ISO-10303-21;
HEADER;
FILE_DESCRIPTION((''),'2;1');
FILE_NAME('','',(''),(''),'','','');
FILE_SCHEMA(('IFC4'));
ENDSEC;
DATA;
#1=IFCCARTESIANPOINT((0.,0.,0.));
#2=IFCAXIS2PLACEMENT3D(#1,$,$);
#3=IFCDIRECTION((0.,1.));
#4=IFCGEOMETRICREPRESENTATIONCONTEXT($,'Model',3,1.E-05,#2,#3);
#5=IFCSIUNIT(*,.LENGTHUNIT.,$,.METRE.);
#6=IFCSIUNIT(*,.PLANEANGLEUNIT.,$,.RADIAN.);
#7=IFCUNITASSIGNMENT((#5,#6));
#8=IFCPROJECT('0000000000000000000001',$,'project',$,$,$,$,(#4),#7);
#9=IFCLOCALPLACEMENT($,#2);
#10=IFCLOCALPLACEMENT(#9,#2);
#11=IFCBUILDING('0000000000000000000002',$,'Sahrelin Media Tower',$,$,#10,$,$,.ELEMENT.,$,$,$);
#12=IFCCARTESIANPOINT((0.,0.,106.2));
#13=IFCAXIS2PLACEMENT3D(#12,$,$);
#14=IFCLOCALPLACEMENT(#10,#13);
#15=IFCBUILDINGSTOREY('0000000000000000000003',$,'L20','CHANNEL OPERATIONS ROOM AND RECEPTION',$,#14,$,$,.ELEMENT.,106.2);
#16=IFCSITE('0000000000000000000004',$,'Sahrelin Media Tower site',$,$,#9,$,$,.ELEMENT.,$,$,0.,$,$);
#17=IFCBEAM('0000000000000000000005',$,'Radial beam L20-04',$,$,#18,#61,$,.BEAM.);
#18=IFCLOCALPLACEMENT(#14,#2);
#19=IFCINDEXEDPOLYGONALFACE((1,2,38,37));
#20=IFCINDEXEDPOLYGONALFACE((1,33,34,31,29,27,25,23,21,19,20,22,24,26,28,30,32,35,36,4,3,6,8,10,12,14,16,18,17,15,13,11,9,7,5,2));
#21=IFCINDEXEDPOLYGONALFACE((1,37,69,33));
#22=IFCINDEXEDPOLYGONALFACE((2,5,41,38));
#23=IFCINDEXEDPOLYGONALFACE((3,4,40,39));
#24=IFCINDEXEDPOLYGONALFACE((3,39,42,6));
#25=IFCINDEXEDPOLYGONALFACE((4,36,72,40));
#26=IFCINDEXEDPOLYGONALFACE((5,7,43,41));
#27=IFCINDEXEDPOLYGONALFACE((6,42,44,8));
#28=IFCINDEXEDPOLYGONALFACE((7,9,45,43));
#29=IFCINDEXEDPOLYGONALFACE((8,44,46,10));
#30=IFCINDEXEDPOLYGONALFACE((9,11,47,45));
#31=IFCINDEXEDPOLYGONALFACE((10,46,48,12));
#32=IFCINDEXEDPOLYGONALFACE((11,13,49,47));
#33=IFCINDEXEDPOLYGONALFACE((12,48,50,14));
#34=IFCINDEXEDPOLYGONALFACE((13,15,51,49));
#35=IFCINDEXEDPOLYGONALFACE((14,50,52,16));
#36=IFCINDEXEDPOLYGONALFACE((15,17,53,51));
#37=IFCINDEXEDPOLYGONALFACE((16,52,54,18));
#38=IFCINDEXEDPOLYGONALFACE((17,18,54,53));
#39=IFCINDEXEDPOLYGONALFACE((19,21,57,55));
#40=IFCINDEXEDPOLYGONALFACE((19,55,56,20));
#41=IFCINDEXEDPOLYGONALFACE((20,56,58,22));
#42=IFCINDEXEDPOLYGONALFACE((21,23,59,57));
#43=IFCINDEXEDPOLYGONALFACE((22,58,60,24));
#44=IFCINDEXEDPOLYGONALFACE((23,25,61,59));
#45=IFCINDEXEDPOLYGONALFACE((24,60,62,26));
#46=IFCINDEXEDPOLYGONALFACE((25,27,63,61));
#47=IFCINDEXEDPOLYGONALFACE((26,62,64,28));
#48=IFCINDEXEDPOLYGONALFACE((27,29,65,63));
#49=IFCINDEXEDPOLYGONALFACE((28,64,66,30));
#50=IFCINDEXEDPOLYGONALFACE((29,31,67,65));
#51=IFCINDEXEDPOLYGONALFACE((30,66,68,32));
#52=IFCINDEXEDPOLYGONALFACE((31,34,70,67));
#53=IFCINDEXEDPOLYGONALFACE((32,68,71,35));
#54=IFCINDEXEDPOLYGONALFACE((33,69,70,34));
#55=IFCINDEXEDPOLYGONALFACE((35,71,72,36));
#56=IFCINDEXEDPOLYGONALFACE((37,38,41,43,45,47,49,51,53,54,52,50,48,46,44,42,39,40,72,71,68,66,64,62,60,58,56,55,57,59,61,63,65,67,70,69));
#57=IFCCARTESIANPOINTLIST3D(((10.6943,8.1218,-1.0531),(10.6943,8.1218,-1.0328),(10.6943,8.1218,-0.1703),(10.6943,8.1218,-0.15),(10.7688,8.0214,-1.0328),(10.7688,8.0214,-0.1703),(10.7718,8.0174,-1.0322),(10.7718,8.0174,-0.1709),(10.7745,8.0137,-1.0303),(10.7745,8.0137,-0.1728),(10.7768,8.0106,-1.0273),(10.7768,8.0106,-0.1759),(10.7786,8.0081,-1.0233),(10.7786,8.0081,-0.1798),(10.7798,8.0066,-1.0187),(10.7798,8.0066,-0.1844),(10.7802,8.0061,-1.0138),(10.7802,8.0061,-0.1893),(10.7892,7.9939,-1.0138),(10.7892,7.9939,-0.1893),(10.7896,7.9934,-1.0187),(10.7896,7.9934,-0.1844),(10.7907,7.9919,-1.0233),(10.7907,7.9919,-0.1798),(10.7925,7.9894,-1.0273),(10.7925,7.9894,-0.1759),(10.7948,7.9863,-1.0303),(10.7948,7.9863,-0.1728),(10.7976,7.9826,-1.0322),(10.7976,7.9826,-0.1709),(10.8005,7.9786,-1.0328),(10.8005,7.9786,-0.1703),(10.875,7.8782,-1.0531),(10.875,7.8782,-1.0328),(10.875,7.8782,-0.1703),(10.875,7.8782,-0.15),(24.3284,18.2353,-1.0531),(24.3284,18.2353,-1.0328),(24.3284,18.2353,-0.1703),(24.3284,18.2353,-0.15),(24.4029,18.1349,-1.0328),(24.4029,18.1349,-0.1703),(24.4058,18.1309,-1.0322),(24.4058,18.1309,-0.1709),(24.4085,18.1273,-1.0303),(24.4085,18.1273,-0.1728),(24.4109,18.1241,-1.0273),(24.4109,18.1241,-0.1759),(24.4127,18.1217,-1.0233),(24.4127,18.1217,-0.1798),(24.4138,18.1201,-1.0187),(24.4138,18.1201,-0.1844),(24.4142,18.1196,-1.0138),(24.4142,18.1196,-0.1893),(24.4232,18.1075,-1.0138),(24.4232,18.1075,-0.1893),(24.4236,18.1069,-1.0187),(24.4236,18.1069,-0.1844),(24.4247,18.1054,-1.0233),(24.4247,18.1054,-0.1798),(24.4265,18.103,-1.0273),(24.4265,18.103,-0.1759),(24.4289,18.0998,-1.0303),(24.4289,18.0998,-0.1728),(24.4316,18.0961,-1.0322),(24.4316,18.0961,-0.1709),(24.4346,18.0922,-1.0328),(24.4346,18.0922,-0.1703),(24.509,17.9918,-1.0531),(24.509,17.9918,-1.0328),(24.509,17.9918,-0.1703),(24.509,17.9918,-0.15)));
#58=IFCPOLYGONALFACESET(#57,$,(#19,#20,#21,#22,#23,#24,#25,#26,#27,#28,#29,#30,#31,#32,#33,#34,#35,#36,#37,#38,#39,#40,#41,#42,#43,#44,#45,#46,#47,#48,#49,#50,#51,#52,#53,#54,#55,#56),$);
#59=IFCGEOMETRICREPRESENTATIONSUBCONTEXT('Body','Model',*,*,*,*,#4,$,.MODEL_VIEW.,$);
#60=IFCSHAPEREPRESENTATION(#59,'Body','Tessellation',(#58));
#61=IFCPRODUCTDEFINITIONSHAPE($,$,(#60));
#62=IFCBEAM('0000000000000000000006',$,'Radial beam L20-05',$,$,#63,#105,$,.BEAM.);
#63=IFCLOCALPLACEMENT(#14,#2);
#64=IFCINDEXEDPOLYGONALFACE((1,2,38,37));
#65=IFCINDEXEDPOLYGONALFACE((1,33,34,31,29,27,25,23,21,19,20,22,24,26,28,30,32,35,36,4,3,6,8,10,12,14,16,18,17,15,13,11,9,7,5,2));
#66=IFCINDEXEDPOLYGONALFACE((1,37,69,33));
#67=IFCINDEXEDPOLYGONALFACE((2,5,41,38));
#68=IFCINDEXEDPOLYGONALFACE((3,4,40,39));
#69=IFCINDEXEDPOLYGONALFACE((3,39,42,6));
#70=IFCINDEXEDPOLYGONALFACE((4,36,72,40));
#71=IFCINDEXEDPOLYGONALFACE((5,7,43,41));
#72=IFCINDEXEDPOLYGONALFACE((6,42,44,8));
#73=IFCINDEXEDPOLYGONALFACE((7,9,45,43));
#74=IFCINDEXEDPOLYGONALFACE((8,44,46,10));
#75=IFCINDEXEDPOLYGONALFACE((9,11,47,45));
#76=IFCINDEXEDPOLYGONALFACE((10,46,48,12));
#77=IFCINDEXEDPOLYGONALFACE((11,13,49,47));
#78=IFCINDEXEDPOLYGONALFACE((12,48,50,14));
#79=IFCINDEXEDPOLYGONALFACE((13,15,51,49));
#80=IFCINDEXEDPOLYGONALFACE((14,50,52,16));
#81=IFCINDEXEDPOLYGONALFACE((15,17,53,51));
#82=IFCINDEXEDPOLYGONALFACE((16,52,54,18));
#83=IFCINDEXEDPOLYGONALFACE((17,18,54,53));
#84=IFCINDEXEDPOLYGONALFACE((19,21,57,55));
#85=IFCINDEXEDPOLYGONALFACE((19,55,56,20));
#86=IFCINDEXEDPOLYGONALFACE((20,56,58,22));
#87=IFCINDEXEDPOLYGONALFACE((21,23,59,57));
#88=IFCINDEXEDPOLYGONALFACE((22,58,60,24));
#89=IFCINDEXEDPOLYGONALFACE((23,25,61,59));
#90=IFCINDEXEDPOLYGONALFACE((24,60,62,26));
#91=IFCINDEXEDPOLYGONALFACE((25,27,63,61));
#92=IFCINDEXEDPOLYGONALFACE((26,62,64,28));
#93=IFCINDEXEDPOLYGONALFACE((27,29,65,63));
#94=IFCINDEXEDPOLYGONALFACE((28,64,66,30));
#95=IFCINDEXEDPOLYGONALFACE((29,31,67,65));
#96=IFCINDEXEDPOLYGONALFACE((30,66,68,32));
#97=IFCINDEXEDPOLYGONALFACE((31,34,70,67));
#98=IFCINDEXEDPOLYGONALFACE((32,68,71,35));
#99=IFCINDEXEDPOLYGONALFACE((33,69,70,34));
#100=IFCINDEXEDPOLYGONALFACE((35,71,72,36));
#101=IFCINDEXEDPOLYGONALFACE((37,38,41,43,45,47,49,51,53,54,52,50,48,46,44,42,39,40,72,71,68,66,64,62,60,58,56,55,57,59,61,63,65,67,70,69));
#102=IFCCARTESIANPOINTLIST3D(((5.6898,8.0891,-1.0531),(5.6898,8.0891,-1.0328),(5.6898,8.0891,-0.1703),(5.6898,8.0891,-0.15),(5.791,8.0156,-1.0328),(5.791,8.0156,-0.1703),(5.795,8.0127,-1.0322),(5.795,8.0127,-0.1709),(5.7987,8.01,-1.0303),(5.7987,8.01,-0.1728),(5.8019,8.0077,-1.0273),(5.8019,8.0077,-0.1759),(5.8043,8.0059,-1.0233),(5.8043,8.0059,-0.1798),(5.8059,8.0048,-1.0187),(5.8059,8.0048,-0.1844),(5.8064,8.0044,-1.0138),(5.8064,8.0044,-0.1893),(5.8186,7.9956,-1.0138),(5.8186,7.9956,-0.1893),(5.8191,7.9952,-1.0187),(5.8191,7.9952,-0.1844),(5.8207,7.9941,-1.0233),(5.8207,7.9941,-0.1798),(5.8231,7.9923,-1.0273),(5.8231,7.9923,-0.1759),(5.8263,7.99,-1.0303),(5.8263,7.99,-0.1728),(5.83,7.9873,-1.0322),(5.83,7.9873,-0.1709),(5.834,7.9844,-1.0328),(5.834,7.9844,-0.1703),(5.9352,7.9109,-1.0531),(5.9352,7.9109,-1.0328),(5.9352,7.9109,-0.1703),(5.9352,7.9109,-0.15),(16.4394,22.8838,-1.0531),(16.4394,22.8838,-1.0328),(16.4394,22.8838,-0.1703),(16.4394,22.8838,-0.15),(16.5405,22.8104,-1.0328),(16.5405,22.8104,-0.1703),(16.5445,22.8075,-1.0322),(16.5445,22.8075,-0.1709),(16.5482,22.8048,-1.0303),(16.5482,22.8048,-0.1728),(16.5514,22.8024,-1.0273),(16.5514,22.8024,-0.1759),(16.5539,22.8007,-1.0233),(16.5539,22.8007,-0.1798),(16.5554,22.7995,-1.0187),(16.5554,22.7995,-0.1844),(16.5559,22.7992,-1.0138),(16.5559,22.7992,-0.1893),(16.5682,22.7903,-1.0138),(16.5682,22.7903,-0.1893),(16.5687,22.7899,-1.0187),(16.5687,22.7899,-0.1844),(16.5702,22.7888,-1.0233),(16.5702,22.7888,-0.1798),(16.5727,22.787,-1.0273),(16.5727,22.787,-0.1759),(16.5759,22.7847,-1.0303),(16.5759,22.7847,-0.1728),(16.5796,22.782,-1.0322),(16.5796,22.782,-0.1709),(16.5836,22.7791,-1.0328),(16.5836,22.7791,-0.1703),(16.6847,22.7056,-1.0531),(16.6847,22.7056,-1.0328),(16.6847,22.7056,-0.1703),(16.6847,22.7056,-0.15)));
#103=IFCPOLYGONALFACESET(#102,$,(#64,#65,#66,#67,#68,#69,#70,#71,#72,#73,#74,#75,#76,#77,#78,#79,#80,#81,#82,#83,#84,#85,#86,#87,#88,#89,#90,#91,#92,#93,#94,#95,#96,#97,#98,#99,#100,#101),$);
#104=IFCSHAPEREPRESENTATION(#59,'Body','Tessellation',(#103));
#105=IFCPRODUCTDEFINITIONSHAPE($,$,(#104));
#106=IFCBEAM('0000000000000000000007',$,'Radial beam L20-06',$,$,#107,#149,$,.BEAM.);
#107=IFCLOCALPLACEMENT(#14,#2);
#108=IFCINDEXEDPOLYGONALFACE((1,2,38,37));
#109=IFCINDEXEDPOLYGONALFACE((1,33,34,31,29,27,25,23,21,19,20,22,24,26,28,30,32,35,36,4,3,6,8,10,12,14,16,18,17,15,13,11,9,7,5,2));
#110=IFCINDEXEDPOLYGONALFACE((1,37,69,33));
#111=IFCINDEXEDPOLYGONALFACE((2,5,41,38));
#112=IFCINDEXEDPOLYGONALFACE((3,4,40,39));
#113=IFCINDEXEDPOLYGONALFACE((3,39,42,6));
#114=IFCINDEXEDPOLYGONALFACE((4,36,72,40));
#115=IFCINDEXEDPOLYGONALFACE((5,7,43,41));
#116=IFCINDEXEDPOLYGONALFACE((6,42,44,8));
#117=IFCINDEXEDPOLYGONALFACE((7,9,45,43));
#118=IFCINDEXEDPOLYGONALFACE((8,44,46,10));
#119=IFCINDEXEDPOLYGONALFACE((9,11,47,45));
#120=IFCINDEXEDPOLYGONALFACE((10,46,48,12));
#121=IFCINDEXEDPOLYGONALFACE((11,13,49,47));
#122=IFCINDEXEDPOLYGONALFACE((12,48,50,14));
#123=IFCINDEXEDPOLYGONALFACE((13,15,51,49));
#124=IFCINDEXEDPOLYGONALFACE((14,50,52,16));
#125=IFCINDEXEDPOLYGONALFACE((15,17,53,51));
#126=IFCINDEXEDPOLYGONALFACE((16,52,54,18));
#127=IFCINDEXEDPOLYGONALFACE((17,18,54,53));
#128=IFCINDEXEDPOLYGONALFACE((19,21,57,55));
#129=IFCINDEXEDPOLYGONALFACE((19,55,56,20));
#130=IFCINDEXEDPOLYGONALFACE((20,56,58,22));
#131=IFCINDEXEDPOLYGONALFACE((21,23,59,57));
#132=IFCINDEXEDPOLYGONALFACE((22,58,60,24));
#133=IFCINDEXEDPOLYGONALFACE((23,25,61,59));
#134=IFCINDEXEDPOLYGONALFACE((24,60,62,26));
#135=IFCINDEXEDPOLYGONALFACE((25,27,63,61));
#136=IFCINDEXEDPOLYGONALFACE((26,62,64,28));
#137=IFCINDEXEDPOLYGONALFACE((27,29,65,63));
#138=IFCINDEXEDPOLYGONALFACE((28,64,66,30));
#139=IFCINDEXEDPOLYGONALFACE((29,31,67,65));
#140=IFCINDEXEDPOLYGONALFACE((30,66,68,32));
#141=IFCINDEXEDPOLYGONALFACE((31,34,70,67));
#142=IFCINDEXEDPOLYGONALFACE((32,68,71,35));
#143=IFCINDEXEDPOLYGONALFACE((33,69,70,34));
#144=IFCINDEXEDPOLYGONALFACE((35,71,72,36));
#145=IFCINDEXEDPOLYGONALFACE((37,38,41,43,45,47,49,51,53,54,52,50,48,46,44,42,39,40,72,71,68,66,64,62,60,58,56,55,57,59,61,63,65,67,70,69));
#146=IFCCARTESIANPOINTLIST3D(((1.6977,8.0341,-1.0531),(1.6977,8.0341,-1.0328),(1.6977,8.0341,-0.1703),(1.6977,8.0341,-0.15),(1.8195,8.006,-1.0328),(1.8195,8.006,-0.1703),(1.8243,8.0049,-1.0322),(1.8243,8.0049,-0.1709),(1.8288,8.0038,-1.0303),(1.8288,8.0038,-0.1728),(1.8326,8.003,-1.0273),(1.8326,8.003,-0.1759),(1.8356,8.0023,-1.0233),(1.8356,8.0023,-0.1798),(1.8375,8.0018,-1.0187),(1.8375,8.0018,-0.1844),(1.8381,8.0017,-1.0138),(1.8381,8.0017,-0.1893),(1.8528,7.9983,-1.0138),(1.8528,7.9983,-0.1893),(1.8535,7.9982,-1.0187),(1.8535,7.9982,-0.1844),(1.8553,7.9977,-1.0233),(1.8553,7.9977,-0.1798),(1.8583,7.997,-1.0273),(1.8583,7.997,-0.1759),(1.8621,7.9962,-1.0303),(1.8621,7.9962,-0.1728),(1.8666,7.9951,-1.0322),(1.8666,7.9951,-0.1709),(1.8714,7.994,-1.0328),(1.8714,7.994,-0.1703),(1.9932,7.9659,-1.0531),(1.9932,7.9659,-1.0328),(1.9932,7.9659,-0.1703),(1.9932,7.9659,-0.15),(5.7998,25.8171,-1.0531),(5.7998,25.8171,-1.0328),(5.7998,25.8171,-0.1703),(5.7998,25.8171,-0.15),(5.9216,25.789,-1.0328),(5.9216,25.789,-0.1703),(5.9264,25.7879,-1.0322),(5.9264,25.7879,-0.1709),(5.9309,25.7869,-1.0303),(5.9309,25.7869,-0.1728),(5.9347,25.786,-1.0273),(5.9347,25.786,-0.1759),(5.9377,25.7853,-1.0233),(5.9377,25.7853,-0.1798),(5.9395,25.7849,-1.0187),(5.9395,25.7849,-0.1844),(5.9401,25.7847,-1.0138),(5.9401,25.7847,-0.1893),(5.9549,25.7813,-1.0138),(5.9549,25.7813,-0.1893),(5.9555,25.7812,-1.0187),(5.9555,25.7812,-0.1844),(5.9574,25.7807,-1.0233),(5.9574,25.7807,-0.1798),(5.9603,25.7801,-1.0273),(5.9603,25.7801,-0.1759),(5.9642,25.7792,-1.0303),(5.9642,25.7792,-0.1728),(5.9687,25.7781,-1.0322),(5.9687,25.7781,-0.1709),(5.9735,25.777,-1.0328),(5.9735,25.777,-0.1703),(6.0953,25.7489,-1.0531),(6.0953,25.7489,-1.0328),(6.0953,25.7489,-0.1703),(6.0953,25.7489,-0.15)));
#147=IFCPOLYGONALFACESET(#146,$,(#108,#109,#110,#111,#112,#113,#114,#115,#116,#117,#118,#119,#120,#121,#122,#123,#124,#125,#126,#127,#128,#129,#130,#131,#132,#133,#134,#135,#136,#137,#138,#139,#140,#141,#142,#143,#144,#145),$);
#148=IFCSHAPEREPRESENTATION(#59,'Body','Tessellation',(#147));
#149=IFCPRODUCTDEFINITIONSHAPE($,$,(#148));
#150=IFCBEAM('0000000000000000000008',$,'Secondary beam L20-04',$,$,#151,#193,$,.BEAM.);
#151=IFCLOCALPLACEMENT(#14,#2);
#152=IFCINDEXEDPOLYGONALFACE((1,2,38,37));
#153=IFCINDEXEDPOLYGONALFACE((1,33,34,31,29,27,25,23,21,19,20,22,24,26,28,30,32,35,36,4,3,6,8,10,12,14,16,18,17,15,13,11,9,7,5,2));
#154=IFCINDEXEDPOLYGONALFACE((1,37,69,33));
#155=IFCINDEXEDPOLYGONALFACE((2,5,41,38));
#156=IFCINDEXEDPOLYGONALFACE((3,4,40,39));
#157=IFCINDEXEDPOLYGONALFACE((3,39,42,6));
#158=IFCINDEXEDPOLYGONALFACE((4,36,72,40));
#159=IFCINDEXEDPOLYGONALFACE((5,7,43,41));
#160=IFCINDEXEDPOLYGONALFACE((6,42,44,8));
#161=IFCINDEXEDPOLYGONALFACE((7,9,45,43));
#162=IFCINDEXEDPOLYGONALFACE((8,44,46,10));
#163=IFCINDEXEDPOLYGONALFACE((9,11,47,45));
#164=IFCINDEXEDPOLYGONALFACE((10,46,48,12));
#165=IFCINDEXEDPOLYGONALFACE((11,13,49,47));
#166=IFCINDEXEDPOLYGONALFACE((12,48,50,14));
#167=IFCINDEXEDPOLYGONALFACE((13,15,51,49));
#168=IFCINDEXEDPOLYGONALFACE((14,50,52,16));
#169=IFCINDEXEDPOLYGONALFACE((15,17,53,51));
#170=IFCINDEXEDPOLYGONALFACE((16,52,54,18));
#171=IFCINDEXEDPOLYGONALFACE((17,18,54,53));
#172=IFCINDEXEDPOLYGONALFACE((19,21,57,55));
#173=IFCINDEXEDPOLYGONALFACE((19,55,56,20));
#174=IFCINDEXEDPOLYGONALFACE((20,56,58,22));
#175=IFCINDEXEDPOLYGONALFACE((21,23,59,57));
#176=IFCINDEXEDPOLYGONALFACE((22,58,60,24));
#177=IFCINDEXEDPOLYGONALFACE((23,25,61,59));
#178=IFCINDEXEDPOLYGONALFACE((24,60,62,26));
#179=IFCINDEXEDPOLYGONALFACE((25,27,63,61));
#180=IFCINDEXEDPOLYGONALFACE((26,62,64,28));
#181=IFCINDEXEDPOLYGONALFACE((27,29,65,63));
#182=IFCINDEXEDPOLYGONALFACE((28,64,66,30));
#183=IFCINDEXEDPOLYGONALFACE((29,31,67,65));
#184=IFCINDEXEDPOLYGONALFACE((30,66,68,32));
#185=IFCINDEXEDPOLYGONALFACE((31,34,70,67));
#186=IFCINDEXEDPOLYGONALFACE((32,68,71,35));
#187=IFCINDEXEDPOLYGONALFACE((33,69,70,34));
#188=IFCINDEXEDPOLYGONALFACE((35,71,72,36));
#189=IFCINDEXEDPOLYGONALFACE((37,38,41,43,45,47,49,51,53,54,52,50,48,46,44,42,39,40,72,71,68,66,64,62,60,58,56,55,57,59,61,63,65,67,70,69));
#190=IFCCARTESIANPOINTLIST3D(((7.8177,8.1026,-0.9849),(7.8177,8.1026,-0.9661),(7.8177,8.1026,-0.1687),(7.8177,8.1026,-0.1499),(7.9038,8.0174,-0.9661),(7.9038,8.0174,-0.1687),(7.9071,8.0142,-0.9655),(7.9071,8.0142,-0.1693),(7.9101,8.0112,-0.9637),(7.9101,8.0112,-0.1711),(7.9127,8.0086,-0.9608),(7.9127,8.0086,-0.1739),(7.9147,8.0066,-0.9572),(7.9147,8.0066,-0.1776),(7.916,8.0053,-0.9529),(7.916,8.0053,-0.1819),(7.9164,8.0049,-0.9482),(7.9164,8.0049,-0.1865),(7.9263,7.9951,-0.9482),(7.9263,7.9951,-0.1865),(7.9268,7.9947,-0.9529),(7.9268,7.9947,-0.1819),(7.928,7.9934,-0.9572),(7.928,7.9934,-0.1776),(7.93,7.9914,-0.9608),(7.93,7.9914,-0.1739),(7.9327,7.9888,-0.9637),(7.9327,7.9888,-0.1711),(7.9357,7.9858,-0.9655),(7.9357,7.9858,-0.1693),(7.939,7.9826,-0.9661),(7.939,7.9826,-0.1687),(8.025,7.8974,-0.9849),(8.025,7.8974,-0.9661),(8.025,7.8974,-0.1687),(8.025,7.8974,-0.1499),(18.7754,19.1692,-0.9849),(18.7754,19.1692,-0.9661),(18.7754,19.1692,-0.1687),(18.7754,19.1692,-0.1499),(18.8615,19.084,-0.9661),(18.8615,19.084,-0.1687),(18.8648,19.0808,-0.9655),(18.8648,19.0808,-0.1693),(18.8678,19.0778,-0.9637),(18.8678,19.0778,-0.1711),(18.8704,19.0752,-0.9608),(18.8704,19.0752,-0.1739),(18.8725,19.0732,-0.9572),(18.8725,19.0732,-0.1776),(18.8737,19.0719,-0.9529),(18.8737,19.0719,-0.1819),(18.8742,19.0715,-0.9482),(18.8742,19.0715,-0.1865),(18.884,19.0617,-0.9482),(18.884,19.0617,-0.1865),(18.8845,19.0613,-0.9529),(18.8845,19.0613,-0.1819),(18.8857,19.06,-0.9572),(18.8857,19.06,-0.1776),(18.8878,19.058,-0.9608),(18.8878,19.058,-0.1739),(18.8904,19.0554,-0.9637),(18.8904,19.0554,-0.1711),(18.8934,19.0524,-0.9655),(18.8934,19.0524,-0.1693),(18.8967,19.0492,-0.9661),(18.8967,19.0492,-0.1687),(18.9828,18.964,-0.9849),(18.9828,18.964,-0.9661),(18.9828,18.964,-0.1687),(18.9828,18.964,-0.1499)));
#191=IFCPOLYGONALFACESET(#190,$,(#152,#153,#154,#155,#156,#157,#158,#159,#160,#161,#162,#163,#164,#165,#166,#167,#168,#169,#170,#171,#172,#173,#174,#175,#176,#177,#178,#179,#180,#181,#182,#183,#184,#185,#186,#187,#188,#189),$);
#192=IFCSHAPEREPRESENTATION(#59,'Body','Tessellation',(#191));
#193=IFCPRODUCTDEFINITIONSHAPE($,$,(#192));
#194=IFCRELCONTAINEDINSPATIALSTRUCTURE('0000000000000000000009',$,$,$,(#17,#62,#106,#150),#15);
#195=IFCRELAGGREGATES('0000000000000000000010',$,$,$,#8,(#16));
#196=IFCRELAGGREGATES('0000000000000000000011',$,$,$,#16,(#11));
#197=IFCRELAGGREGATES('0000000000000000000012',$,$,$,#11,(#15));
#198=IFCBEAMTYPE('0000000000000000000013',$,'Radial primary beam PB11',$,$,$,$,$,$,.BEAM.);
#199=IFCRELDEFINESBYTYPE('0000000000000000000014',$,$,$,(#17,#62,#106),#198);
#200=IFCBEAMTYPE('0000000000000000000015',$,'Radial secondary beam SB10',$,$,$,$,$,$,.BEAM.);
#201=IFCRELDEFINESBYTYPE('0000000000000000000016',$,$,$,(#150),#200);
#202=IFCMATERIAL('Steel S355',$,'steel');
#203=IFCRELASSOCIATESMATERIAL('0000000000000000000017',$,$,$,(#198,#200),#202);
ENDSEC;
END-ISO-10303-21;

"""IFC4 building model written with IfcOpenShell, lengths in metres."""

from ifc_helpers import new_model, si_unit, direction, frame, origin, origin_2d, place, context, subcontext, project, spatial, i_section, extrude, material, material_profile, profile_set, type_object, element, save


model = new_model("IFC4")

# Units and contexts
model_context = context("Model", 3, precision=1e-05, world=origin(), true_north=direction((0.0, 1.0)))
body_context = subcontext(model_context, "Body", "Model", "MODEL_VIEW")
ifc_project = project(units=[si_unit("LENGTHUNIT", "METRE"), si_unit("PLANEANGLEUNIT", "RADIAN")], contexts=[model_context])

# Site, building, storey
site_placement = place(None, origin())
site = spatial("IfcSite", under=ifc_project, at=site_placement, Name="Sahrelin Media Tower site", CompositionType="ELEMENT", RefElevation=0.0)
building_placement = place(site_placement, origin())
building = spatial("IfcBuilding", under=site, at=building_placement, Name="Sahrelin Media Tower", CompositionType="ELEMENT")
storey_placement = place(building_placement, frame((0.0, 0.0, 106.2)))
storey = spatial("IfcBuildingStorey", under=building, at=storey_placement, Name="L20", Description="CHANNEL OPERATIONS ROOM AND RECEPTION", CompositionType="ELEMENT", Elevation=106.2)

# Shared definitions
ifc_material_1 = material(Name="Steel S355", Category="steel")

# Beams
ifc_material_profile_1 = material_profile(ifc_material_1, i_section(OverallWidth=0.3032, OverallDepth=0.9031, WebThickness=0.0151, FlangeThickness=0.0203, FilletRadius=0.019, at=origin_2d()), Name="UB 914x305x201")
ifc_profile_set_1 = profile_set([ifc_material_profile_1], Name="Steel S355")
beam_type_1 = type_object("IfcBeamType", Name="Radial primary beam PB11", PredefinedType="BEAM", material=ifc_profile_set_1)
beam_1_placement = place(storey_placement, frame((10.7847, 8.0, -0.6016), z_axis=(0.803156, 0.595769, 0.0), x_axis=(-0.595769, 0.803156, 0.0)))
element("IfcBeam", 1, at=beam_1_placement, inside=storey, type_object=beam_type_1, Name="Radial beam L20-04", PredefinedType="BEAM", context=body_context, shape_type="SweptSolid", body=[
    extrude(i_section(OverallWidth=0.3032, OverallDepth=0.9031, WebThickness=0.0151, FlangeThickness=0.0203, FilletRadius=0.019, at=origin_2d()), origin(), (0.0, 0.0, 1.0), 16.9756),
])
beam_2_placement = place(storey_placement, frame((5.8125, 8.0, -0.6016), z_axis=(0.587805, 0.809003, 0.0), x_axis=(-0.809003, 0.587805, 0.0)))
element("IfcBeam", 2, at=beam_2_placement, inside=storey, type_object=beam_type_1, Name="Radial beam L20-05", PredefinedType="BEAM", context=body_context, shape_type="SweptSolid", body=[
    extrude(i_section(OverallWidth=0.3032, OverallDepth=0.9031, WebThickness=0.0151, FlangeThickness=0.0203, FilletRadius=0.019, at=origin_2d()), origin(), (0.0, 0.0, 1.0), 18.2876),
])
beam_3_placement = place(storey_placement, frame((1.8455, 8.0, -0.6016), z_axis=(0.224771, 0.974412, 0.0), x_axis=(-0.974412, 0.224771, 0.0)))
element("IfcBeam", 3, at=beam_3_placement, inside=storey, type_object=beam_type_1, Name="Radial beam L20-06", PredefinedType="BEAM", context=body_context, shape_type="SweptSolid", body=[
    extrude(i_section(OverallWidth=0.3032, OverallDepth=0.9031, WebThickness=0.0151, FlangeThickness=0.0203, FilletRadius=0.019, at=origin_2d()), origin(), (0.0, 0.0, 1.0), 18.25),
])
ifc_material_profile_2 = material_profile(ifc_material_1, i_section(OverallWidth=0.2917, OverallDepth=0.835, WebThickness=0.0139, FlangeThickness=0.0188, FilletRadius=0.0178, at=origin_2d()), Name="UB 838x292x176")
ifc_profile_set_2 = profile_set([ifc_material_profile_2], Name="Steel S355")
beam_type_2 = type_object("IfcBeamType", Name="Radial secondary beam SB10", PredefinedType="BEAM", material=ifc_profile_set_2)
beam_4_placement = place(storey_placement, frame((7.9214, 8.0, -0.5674), z_axis=(0.703602, 0.710594, 0.0), x_axis=(-0.710594, 0.703602, 0.0)))
element("IfcBeam", 4, at=beam_4_placement, inside=storey, type_object=beam_type_2, Name="Secondary beam L20-04", PredefinedType="BEAM", context=body_context, shape_type="SweptSolid", body=[
    extrude(i_section(OverallWidth=0.2917, OverallDepth=0.835, WebThickness=0.0139, FlangeThickness=0.0188, FilletRadius=0.0178, at=origin_2d()), origin(), (0.0, 0.0, 1.0), 15.5737),
])

save(model, "model.ifc")
